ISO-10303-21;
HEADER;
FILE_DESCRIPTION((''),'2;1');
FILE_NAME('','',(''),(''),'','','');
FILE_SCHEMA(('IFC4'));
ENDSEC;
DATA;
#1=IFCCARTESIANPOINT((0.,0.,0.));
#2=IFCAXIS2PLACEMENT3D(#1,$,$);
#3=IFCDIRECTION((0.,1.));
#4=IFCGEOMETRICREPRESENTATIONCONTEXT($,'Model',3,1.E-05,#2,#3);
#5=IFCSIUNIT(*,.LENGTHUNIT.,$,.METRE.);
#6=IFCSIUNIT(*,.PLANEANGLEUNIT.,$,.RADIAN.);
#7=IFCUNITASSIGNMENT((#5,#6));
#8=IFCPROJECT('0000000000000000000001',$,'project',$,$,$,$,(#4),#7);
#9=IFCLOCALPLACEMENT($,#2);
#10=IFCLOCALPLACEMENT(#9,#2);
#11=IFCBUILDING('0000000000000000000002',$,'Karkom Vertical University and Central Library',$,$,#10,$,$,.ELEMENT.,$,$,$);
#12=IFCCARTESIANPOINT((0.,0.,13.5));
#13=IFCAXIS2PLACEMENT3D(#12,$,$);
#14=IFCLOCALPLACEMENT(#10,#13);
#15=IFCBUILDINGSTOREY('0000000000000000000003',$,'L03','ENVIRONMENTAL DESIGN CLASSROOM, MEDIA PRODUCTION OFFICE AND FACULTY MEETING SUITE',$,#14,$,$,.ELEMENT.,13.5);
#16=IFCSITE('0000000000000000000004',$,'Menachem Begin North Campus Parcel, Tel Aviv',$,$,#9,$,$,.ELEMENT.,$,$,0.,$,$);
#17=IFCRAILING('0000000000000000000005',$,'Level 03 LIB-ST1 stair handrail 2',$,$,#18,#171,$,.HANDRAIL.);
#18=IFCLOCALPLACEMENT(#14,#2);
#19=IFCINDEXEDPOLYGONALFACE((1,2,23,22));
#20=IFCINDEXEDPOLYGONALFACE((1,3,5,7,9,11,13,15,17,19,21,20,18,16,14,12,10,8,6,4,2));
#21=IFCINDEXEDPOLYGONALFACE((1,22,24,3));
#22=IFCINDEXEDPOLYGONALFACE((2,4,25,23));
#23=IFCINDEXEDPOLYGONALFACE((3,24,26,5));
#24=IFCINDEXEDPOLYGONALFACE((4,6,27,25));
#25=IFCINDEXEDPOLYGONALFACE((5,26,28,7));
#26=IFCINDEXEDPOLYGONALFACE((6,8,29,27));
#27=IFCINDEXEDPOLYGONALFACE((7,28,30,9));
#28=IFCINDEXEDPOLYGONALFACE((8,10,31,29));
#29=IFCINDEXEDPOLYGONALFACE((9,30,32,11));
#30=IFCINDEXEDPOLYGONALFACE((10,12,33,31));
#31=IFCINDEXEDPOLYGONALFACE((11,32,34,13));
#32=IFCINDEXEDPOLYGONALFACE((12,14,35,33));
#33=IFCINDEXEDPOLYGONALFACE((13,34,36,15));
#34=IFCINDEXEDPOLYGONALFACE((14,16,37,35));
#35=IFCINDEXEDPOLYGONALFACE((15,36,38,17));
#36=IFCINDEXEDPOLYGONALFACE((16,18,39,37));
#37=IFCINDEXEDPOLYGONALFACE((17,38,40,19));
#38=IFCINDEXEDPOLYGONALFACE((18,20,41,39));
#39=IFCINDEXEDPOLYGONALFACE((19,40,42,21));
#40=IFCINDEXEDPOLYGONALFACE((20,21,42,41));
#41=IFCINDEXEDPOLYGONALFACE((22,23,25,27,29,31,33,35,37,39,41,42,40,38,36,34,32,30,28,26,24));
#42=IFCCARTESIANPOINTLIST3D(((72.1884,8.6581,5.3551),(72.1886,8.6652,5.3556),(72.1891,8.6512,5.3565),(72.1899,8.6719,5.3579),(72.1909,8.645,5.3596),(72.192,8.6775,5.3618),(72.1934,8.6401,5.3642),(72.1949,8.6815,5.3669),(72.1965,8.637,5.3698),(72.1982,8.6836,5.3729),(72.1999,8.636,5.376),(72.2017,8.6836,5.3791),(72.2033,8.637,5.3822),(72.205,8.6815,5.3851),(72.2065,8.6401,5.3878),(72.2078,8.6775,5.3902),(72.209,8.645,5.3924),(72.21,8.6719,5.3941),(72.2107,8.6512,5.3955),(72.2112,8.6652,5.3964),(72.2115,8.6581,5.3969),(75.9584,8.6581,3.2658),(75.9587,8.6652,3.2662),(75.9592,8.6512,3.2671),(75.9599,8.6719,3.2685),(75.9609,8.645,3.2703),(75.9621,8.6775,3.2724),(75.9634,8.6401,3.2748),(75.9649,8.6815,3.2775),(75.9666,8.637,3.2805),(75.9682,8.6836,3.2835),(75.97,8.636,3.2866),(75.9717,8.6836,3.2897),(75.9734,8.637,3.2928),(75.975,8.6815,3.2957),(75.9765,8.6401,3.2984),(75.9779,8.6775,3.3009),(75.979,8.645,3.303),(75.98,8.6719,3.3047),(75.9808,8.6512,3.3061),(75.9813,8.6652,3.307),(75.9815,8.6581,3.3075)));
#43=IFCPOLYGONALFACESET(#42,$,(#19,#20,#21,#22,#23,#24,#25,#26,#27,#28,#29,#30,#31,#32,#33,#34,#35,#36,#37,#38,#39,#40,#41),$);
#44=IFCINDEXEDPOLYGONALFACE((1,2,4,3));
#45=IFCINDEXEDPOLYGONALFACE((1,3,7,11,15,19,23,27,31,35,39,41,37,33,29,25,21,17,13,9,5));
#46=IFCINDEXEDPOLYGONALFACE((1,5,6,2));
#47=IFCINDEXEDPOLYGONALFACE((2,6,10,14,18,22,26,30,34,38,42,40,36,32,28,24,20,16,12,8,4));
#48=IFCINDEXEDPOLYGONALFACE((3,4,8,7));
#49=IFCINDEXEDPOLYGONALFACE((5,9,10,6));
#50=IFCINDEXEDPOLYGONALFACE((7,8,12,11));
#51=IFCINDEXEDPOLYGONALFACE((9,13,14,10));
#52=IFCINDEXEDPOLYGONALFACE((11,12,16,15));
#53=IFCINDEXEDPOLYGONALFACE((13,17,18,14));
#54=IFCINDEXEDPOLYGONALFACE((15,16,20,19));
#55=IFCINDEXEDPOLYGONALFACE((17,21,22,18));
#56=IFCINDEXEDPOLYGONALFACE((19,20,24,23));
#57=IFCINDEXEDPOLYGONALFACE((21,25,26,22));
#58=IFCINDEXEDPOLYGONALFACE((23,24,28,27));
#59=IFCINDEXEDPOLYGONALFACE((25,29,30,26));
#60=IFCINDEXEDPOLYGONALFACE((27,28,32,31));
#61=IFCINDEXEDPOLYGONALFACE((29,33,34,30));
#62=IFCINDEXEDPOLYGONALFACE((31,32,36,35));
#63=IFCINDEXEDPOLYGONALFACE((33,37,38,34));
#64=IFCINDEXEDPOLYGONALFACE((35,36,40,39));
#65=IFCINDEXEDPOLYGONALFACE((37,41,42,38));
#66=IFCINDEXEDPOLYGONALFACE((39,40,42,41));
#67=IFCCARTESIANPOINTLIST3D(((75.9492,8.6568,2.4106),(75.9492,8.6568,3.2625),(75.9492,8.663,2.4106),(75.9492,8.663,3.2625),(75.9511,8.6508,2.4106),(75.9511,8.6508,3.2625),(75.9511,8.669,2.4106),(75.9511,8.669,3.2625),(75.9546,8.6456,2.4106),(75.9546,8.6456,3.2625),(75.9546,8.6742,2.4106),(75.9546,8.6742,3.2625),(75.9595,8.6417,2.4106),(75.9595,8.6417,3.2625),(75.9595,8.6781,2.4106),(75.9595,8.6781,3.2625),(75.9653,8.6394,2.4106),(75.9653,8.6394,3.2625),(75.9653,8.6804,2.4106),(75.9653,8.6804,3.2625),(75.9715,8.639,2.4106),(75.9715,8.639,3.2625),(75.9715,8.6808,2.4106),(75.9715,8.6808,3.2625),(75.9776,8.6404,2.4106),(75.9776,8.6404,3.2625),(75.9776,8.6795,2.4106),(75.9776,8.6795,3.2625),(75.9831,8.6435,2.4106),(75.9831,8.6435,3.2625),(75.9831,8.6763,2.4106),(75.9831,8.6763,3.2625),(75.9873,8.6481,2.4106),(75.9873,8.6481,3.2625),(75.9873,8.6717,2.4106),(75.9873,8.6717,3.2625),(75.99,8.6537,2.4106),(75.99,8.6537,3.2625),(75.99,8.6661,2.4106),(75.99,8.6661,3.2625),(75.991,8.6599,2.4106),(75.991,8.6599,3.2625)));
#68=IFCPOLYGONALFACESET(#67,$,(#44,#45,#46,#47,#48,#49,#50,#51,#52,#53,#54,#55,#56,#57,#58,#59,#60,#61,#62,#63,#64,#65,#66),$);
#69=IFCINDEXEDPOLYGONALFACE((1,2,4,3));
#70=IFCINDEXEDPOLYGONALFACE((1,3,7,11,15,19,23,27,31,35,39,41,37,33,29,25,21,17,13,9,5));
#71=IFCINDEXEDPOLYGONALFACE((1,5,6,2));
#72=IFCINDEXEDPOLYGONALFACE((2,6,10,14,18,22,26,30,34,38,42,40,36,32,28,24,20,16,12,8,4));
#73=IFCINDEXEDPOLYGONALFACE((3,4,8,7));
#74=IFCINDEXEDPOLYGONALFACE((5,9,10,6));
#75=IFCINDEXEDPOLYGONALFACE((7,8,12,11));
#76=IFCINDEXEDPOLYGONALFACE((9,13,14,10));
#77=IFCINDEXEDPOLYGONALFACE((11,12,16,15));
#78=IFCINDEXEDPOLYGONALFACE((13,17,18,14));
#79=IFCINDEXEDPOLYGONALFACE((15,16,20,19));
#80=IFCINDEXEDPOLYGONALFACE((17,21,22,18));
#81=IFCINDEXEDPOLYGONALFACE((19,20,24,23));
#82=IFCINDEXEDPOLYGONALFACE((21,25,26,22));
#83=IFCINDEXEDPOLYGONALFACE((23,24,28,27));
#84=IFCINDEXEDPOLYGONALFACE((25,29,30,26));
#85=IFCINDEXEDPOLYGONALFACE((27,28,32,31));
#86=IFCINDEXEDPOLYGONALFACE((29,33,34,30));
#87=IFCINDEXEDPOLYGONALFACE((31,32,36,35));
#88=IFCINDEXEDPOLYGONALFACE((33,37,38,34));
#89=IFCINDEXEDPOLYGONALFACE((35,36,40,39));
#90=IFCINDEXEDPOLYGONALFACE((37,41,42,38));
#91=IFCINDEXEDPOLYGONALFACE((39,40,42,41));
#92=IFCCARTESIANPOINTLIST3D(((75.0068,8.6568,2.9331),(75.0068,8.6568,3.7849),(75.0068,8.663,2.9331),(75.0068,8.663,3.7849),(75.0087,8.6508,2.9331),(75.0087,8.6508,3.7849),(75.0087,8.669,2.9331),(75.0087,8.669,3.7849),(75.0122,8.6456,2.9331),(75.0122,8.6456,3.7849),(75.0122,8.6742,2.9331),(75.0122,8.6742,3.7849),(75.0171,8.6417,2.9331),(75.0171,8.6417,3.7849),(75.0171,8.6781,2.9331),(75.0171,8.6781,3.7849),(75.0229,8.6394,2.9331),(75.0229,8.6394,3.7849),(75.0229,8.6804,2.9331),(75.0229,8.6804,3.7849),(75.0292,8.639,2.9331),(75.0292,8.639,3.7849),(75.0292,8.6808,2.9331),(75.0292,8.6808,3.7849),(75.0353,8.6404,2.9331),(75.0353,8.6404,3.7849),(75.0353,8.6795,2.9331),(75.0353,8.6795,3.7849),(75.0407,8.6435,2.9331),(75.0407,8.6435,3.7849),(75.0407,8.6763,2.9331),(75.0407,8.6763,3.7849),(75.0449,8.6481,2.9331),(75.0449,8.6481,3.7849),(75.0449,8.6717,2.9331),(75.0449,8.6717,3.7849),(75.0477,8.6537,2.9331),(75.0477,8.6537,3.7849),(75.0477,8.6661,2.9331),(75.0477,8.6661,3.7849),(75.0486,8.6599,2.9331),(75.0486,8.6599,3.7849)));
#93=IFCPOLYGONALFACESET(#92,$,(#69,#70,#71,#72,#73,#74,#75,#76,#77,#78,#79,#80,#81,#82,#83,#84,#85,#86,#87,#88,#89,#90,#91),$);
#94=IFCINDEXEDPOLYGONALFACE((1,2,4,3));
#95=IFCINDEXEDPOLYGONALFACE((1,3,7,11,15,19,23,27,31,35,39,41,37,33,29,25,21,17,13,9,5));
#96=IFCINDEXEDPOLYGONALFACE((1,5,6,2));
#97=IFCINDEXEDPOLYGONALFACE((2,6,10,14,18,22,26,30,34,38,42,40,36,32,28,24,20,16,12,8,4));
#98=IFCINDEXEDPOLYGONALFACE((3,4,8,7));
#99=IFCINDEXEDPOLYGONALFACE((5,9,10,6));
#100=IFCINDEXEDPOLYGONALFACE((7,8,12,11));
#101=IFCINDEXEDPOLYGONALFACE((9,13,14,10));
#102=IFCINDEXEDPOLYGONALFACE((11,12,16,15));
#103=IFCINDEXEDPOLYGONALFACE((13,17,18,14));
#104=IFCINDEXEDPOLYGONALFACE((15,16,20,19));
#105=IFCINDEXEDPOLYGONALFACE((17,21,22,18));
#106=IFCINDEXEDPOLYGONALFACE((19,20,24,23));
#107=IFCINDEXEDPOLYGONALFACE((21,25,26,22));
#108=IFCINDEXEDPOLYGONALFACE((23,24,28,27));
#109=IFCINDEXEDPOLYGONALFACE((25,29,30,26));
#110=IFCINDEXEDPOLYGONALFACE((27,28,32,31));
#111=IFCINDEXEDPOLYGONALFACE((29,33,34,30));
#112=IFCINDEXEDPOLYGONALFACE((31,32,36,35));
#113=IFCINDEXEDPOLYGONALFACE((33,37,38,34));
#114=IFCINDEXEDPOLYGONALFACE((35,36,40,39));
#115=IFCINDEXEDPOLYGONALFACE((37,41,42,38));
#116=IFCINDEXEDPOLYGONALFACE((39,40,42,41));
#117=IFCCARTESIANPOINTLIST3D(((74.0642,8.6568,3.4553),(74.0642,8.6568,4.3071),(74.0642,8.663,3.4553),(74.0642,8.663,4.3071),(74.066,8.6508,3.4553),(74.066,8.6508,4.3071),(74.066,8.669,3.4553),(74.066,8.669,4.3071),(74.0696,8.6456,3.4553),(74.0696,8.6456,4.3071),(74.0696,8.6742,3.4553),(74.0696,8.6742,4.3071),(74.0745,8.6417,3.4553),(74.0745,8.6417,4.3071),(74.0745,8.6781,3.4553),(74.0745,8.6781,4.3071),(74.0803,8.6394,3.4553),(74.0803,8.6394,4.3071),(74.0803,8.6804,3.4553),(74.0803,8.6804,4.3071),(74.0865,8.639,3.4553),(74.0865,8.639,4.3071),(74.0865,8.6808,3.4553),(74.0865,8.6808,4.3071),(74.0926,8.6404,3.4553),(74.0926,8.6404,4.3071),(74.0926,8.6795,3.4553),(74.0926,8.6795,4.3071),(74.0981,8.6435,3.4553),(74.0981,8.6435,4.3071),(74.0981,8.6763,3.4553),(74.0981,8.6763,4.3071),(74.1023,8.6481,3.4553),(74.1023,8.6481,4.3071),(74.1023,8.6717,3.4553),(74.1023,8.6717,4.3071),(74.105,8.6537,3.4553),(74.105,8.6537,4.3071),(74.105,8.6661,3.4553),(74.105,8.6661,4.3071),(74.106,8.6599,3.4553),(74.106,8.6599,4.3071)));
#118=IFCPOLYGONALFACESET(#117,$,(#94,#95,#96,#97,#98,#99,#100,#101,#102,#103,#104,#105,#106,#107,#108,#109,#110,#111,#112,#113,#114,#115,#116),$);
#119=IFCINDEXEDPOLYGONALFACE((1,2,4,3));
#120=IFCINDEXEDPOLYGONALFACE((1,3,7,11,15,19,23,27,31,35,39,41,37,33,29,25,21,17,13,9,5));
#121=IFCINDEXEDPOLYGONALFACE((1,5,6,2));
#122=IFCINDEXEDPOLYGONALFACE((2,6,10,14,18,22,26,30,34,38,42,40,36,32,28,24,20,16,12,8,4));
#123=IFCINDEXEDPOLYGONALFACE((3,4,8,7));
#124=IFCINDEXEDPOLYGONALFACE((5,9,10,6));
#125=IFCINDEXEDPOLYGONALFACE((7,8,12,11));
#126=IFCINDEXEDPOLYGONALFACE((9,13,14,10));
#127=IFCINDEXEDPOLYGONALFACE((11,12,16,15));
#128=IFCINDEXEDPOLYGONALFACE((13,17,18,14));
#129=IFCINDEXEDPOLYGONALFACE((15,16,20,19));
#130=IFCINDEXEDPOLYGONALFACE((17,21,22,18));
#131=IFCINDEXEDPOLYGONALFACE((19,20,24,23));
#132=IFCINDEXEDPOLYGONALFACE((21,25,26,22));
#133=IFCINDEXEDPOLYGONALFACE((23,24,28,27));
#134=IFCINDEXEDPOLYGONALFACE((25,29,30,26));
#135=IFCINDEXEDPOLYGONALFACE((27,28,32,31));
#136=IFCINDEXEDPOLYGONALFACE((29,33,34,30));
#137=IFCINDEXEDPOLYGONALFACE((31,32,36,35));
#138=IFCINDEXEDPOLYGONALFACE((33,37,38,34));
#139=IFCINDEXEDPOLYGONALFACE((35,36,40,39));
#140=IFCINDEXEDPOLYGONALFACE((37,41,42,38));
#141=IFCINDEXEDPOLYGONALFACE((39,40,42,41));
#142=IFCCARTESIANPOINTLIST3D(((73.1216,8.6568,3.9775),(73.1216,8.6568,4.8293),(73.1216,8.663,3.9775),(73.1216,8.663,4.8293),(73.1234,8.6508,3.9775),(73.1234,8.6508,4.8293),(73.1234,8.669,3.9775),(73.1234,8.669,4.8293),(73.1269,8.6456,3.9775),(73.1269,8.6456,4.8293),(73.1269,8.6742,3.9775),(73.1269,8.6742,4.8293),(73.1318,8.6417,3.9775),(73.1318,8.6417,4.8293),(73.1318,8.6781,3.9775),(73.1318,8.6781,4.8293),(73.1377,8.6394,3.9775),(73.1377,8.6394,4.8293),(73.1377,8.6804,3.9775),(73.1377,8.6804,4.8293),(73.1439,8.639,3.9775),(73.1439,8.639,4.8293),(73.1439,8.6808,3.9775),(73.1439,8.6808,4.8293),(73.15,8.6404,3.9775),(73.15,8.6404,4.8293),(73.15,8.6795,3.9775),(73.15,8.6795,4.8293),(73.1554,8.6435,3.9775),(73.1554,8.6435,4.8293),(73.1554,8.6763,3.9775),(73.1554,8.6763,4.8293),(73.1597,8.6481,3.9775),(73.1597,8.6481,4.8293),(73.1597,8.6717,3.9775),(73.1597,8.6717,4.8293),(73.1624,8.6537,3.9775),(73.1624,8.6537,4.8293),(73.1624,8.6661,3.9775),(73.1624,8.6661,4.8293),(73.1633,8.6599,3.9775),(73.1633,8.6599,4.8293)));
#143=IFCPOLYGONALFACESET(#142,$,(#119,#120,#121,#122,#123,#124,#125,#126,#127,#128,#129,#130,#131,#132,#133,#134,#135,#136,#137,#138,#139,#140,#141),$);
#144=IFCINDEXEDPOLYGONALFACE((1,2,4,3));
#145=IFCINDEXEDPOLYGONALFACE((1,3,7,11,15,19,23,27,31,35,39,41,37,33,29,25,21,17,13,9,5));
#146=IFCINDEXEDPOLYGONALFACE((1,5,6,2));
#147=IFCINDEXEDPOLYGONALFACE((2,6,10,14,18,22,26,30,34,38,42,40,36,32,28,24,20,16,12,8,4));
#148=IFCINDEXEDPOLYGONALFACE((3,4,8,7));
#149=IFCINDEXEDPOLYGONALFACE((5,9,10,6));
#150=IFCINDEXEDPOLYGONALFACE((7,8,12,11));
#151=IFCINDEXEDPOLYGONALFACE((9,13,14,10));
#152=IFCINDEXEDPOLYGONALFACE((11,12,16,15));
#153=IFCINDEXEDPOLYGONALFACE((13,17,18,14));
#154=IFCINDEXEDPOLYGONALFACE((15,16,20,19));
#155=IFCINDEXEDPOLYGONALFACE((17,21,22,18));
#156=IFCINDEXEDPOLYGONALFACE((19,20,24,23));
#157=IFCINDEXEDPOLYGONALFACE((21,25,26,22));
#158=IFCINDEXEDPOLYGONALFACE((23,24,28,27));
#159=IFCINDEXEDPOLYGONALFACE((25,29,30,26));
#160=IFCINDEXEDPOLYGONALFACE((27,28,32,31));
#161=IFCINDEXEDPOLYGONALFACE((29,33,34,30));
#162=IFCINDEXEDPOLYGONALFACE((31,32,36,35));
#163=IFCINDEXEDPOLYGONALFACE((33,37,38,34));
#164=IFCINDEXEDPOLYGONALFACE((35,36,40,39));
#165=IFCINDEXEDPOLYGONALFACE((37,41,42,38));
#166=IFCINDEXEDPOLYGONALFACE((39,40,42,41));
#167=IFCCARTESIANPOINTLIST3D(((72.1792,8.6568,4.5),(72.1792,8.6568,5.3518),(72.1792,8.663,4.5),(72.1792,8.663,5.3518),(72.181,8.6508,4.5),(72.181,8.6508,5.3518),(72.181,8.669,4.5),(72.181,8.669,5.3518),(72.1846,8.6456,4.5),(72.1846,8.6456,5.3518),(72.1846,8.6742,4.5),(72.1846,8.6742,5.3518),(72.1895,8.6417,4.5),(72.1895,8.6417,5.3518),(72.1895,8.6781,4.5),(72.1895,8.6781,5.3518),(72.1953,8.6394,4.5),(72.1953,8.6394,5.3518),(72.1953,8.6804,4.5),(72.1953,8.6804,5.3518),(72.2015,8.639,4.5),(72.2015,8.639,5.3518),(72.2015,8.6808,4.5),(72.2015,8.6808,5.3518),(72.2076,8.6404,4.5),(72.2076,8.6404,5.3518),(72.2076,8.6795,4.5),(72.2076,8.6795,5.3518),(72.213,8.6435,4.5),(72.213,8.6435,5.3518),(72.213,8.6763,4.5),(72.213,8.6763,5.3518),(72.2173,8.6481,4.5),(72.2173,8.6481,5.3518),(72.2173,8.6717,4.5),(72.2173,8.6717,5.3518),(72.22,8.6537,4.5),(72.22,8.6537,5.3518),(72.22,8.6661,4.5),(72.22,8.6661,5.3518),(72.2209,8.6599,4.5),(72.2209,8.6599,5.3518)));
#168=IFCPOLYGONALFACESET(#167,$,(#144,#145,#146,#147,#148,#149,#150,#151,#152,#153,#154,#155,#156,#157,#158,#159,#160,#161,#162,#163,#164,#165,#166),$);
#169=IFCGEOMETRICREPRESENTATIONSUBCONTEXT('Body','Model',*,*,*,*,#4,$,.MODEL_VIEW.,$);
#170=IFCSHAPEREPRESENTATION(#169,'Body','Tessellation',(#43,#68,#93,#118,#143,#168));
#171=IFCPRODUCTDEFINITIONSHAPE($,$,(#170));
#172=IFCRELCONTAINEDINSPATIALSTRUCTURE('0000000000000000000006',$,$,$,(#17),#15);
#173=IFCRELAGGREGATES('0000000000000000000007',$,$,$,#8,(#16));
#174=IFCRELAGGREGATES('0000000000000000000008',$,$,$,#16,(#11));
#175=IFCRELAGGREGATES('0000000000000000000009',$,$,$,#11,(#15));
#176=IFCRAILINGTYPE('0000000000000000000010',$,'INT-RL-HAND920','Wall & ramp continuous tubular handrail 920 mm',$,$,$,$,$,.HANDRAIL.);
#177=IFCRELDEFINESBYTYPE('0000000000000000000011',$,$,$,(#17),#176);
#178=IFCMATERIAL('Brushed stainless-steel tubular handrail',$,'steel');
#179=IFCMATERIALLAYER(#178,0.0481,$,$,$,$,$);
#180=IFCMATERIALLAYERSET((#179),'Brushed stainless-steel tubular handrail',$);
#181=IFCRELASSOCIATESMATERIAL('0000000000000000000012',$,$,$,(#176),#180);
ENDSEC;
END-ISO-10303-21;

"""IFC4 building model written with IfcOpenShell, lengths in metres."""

from ifc_helpers import new_model, si_unit, direction, frame, origin, origin_2d, place, context, subcontext, project, spatial, circle, extrude, material, layer, layer_set, type_object, element, save


model = new_model("IFC4")

# Units and contexts
model_context = context("Model", 3, precision=1e-05, world=origin(), true_north=direction((0.0, 1.0)))
body_context = subcontext(model_context, "Body", "Model", "MODEL_VIEW")
ifc_project = project(units=[si_unit("LENGTHUNIT", "METRE"), si_unit("PLANEANGLEUNIT", "RADIAN")], contexts=[model_context])

# Site, building, storey
site_placement = place(None, origin())
site = spatial("IfcSite", under=ifc_project, at=site_placement, Name="Menachem Begin North Campus Parcel, Tel Aviv", CompositionType="ELEMENT", RefElevation=0.0)
building_placement = place(site_placement, origin())
building = spatial("IfcBuilding", under=site, at=building_placement, Name="Karkom Vertical University and Central Library", CompositionType="ELEMENT")
storey_placement = place(building_placement, frame((0.0, 0.0, 13.5)))
storey = spatial("IfcBuildingStorey", under=building, at=storey_placement, Name="L03", Description="ENVIRONMENTAL DESIGN CLASSROOM, MEDIA PRODUCTION OFFICE AND FACULTY MEETING SUITE", CompositionType="ELEMENT", Elevation=13.5)

# Railing
ifc_material_1 = material(Name="Brushed stainless-steel tubular handrail", Category="steel")
ifc_layer_1 = layer(ifc_material_1, 0.0481)
ifc_layer_set_1 = layer_set([ifc_layer_1], Name="Brushed stainless-steel tubular handrail")
railing_type = type_object("IfcRailingType", Name="INT-RL-HAND920", Description="Wall & ramp continuous tubular handrail 920 mm", PredefinedType="HANDRAIL", material=ifc_layer_set_1)
railing_placement = place(storey_placement, frame((75.97, 8.6599, 2.4106)))
element("IfcRailing", 1, at=railing_placement, inside=storey, type_object=railing_type, Name="Level 03 LIB-ST1 stair handrail 2", PredefinedType="HANDRAIL", context=body_context, shape_type="SweptSolid", body=[
    extrude(circle(Radius=0.0239, at=origin_2d()), frame((0.0, 0.0, 0.876), z_axis=(-0.874659, 0.0, 0.484739), x_axis=(0.0, -1.0, 0.0)), (0.0, 0.0, 1.0), 4.3103),
    extrude(circle(Radius=0.021, at=origin_2d()), origin(), (0.0, 0.0, 1.0), 0.8518),
    extrude(circle(Radius=0.021, at=origin_2d()), frame((-0.9424, 0.0, 0.5225)), (0.0, 0.0, 1.0), 0.8518),
    extrude(circle(Radius=0.021, at=origin_2d()), frame((-1.885, 0.0, 1.0447)), (0.0, 0.0, 1.0), 0.8518),
    extrude(circle(Radius=0.021, at=origin_2d()), frame((-2.8276, 0.0, 1.5669)), (0.0, 0.0, 1.0), 0.8518),
    extrude(circle(Radius=0.021, at=origin_2d()), frame((-3.77, 0.0, 2.0894)), (0.0, 0.0, 1.0), 0.8518),
])

save(model, "model.ifc")
